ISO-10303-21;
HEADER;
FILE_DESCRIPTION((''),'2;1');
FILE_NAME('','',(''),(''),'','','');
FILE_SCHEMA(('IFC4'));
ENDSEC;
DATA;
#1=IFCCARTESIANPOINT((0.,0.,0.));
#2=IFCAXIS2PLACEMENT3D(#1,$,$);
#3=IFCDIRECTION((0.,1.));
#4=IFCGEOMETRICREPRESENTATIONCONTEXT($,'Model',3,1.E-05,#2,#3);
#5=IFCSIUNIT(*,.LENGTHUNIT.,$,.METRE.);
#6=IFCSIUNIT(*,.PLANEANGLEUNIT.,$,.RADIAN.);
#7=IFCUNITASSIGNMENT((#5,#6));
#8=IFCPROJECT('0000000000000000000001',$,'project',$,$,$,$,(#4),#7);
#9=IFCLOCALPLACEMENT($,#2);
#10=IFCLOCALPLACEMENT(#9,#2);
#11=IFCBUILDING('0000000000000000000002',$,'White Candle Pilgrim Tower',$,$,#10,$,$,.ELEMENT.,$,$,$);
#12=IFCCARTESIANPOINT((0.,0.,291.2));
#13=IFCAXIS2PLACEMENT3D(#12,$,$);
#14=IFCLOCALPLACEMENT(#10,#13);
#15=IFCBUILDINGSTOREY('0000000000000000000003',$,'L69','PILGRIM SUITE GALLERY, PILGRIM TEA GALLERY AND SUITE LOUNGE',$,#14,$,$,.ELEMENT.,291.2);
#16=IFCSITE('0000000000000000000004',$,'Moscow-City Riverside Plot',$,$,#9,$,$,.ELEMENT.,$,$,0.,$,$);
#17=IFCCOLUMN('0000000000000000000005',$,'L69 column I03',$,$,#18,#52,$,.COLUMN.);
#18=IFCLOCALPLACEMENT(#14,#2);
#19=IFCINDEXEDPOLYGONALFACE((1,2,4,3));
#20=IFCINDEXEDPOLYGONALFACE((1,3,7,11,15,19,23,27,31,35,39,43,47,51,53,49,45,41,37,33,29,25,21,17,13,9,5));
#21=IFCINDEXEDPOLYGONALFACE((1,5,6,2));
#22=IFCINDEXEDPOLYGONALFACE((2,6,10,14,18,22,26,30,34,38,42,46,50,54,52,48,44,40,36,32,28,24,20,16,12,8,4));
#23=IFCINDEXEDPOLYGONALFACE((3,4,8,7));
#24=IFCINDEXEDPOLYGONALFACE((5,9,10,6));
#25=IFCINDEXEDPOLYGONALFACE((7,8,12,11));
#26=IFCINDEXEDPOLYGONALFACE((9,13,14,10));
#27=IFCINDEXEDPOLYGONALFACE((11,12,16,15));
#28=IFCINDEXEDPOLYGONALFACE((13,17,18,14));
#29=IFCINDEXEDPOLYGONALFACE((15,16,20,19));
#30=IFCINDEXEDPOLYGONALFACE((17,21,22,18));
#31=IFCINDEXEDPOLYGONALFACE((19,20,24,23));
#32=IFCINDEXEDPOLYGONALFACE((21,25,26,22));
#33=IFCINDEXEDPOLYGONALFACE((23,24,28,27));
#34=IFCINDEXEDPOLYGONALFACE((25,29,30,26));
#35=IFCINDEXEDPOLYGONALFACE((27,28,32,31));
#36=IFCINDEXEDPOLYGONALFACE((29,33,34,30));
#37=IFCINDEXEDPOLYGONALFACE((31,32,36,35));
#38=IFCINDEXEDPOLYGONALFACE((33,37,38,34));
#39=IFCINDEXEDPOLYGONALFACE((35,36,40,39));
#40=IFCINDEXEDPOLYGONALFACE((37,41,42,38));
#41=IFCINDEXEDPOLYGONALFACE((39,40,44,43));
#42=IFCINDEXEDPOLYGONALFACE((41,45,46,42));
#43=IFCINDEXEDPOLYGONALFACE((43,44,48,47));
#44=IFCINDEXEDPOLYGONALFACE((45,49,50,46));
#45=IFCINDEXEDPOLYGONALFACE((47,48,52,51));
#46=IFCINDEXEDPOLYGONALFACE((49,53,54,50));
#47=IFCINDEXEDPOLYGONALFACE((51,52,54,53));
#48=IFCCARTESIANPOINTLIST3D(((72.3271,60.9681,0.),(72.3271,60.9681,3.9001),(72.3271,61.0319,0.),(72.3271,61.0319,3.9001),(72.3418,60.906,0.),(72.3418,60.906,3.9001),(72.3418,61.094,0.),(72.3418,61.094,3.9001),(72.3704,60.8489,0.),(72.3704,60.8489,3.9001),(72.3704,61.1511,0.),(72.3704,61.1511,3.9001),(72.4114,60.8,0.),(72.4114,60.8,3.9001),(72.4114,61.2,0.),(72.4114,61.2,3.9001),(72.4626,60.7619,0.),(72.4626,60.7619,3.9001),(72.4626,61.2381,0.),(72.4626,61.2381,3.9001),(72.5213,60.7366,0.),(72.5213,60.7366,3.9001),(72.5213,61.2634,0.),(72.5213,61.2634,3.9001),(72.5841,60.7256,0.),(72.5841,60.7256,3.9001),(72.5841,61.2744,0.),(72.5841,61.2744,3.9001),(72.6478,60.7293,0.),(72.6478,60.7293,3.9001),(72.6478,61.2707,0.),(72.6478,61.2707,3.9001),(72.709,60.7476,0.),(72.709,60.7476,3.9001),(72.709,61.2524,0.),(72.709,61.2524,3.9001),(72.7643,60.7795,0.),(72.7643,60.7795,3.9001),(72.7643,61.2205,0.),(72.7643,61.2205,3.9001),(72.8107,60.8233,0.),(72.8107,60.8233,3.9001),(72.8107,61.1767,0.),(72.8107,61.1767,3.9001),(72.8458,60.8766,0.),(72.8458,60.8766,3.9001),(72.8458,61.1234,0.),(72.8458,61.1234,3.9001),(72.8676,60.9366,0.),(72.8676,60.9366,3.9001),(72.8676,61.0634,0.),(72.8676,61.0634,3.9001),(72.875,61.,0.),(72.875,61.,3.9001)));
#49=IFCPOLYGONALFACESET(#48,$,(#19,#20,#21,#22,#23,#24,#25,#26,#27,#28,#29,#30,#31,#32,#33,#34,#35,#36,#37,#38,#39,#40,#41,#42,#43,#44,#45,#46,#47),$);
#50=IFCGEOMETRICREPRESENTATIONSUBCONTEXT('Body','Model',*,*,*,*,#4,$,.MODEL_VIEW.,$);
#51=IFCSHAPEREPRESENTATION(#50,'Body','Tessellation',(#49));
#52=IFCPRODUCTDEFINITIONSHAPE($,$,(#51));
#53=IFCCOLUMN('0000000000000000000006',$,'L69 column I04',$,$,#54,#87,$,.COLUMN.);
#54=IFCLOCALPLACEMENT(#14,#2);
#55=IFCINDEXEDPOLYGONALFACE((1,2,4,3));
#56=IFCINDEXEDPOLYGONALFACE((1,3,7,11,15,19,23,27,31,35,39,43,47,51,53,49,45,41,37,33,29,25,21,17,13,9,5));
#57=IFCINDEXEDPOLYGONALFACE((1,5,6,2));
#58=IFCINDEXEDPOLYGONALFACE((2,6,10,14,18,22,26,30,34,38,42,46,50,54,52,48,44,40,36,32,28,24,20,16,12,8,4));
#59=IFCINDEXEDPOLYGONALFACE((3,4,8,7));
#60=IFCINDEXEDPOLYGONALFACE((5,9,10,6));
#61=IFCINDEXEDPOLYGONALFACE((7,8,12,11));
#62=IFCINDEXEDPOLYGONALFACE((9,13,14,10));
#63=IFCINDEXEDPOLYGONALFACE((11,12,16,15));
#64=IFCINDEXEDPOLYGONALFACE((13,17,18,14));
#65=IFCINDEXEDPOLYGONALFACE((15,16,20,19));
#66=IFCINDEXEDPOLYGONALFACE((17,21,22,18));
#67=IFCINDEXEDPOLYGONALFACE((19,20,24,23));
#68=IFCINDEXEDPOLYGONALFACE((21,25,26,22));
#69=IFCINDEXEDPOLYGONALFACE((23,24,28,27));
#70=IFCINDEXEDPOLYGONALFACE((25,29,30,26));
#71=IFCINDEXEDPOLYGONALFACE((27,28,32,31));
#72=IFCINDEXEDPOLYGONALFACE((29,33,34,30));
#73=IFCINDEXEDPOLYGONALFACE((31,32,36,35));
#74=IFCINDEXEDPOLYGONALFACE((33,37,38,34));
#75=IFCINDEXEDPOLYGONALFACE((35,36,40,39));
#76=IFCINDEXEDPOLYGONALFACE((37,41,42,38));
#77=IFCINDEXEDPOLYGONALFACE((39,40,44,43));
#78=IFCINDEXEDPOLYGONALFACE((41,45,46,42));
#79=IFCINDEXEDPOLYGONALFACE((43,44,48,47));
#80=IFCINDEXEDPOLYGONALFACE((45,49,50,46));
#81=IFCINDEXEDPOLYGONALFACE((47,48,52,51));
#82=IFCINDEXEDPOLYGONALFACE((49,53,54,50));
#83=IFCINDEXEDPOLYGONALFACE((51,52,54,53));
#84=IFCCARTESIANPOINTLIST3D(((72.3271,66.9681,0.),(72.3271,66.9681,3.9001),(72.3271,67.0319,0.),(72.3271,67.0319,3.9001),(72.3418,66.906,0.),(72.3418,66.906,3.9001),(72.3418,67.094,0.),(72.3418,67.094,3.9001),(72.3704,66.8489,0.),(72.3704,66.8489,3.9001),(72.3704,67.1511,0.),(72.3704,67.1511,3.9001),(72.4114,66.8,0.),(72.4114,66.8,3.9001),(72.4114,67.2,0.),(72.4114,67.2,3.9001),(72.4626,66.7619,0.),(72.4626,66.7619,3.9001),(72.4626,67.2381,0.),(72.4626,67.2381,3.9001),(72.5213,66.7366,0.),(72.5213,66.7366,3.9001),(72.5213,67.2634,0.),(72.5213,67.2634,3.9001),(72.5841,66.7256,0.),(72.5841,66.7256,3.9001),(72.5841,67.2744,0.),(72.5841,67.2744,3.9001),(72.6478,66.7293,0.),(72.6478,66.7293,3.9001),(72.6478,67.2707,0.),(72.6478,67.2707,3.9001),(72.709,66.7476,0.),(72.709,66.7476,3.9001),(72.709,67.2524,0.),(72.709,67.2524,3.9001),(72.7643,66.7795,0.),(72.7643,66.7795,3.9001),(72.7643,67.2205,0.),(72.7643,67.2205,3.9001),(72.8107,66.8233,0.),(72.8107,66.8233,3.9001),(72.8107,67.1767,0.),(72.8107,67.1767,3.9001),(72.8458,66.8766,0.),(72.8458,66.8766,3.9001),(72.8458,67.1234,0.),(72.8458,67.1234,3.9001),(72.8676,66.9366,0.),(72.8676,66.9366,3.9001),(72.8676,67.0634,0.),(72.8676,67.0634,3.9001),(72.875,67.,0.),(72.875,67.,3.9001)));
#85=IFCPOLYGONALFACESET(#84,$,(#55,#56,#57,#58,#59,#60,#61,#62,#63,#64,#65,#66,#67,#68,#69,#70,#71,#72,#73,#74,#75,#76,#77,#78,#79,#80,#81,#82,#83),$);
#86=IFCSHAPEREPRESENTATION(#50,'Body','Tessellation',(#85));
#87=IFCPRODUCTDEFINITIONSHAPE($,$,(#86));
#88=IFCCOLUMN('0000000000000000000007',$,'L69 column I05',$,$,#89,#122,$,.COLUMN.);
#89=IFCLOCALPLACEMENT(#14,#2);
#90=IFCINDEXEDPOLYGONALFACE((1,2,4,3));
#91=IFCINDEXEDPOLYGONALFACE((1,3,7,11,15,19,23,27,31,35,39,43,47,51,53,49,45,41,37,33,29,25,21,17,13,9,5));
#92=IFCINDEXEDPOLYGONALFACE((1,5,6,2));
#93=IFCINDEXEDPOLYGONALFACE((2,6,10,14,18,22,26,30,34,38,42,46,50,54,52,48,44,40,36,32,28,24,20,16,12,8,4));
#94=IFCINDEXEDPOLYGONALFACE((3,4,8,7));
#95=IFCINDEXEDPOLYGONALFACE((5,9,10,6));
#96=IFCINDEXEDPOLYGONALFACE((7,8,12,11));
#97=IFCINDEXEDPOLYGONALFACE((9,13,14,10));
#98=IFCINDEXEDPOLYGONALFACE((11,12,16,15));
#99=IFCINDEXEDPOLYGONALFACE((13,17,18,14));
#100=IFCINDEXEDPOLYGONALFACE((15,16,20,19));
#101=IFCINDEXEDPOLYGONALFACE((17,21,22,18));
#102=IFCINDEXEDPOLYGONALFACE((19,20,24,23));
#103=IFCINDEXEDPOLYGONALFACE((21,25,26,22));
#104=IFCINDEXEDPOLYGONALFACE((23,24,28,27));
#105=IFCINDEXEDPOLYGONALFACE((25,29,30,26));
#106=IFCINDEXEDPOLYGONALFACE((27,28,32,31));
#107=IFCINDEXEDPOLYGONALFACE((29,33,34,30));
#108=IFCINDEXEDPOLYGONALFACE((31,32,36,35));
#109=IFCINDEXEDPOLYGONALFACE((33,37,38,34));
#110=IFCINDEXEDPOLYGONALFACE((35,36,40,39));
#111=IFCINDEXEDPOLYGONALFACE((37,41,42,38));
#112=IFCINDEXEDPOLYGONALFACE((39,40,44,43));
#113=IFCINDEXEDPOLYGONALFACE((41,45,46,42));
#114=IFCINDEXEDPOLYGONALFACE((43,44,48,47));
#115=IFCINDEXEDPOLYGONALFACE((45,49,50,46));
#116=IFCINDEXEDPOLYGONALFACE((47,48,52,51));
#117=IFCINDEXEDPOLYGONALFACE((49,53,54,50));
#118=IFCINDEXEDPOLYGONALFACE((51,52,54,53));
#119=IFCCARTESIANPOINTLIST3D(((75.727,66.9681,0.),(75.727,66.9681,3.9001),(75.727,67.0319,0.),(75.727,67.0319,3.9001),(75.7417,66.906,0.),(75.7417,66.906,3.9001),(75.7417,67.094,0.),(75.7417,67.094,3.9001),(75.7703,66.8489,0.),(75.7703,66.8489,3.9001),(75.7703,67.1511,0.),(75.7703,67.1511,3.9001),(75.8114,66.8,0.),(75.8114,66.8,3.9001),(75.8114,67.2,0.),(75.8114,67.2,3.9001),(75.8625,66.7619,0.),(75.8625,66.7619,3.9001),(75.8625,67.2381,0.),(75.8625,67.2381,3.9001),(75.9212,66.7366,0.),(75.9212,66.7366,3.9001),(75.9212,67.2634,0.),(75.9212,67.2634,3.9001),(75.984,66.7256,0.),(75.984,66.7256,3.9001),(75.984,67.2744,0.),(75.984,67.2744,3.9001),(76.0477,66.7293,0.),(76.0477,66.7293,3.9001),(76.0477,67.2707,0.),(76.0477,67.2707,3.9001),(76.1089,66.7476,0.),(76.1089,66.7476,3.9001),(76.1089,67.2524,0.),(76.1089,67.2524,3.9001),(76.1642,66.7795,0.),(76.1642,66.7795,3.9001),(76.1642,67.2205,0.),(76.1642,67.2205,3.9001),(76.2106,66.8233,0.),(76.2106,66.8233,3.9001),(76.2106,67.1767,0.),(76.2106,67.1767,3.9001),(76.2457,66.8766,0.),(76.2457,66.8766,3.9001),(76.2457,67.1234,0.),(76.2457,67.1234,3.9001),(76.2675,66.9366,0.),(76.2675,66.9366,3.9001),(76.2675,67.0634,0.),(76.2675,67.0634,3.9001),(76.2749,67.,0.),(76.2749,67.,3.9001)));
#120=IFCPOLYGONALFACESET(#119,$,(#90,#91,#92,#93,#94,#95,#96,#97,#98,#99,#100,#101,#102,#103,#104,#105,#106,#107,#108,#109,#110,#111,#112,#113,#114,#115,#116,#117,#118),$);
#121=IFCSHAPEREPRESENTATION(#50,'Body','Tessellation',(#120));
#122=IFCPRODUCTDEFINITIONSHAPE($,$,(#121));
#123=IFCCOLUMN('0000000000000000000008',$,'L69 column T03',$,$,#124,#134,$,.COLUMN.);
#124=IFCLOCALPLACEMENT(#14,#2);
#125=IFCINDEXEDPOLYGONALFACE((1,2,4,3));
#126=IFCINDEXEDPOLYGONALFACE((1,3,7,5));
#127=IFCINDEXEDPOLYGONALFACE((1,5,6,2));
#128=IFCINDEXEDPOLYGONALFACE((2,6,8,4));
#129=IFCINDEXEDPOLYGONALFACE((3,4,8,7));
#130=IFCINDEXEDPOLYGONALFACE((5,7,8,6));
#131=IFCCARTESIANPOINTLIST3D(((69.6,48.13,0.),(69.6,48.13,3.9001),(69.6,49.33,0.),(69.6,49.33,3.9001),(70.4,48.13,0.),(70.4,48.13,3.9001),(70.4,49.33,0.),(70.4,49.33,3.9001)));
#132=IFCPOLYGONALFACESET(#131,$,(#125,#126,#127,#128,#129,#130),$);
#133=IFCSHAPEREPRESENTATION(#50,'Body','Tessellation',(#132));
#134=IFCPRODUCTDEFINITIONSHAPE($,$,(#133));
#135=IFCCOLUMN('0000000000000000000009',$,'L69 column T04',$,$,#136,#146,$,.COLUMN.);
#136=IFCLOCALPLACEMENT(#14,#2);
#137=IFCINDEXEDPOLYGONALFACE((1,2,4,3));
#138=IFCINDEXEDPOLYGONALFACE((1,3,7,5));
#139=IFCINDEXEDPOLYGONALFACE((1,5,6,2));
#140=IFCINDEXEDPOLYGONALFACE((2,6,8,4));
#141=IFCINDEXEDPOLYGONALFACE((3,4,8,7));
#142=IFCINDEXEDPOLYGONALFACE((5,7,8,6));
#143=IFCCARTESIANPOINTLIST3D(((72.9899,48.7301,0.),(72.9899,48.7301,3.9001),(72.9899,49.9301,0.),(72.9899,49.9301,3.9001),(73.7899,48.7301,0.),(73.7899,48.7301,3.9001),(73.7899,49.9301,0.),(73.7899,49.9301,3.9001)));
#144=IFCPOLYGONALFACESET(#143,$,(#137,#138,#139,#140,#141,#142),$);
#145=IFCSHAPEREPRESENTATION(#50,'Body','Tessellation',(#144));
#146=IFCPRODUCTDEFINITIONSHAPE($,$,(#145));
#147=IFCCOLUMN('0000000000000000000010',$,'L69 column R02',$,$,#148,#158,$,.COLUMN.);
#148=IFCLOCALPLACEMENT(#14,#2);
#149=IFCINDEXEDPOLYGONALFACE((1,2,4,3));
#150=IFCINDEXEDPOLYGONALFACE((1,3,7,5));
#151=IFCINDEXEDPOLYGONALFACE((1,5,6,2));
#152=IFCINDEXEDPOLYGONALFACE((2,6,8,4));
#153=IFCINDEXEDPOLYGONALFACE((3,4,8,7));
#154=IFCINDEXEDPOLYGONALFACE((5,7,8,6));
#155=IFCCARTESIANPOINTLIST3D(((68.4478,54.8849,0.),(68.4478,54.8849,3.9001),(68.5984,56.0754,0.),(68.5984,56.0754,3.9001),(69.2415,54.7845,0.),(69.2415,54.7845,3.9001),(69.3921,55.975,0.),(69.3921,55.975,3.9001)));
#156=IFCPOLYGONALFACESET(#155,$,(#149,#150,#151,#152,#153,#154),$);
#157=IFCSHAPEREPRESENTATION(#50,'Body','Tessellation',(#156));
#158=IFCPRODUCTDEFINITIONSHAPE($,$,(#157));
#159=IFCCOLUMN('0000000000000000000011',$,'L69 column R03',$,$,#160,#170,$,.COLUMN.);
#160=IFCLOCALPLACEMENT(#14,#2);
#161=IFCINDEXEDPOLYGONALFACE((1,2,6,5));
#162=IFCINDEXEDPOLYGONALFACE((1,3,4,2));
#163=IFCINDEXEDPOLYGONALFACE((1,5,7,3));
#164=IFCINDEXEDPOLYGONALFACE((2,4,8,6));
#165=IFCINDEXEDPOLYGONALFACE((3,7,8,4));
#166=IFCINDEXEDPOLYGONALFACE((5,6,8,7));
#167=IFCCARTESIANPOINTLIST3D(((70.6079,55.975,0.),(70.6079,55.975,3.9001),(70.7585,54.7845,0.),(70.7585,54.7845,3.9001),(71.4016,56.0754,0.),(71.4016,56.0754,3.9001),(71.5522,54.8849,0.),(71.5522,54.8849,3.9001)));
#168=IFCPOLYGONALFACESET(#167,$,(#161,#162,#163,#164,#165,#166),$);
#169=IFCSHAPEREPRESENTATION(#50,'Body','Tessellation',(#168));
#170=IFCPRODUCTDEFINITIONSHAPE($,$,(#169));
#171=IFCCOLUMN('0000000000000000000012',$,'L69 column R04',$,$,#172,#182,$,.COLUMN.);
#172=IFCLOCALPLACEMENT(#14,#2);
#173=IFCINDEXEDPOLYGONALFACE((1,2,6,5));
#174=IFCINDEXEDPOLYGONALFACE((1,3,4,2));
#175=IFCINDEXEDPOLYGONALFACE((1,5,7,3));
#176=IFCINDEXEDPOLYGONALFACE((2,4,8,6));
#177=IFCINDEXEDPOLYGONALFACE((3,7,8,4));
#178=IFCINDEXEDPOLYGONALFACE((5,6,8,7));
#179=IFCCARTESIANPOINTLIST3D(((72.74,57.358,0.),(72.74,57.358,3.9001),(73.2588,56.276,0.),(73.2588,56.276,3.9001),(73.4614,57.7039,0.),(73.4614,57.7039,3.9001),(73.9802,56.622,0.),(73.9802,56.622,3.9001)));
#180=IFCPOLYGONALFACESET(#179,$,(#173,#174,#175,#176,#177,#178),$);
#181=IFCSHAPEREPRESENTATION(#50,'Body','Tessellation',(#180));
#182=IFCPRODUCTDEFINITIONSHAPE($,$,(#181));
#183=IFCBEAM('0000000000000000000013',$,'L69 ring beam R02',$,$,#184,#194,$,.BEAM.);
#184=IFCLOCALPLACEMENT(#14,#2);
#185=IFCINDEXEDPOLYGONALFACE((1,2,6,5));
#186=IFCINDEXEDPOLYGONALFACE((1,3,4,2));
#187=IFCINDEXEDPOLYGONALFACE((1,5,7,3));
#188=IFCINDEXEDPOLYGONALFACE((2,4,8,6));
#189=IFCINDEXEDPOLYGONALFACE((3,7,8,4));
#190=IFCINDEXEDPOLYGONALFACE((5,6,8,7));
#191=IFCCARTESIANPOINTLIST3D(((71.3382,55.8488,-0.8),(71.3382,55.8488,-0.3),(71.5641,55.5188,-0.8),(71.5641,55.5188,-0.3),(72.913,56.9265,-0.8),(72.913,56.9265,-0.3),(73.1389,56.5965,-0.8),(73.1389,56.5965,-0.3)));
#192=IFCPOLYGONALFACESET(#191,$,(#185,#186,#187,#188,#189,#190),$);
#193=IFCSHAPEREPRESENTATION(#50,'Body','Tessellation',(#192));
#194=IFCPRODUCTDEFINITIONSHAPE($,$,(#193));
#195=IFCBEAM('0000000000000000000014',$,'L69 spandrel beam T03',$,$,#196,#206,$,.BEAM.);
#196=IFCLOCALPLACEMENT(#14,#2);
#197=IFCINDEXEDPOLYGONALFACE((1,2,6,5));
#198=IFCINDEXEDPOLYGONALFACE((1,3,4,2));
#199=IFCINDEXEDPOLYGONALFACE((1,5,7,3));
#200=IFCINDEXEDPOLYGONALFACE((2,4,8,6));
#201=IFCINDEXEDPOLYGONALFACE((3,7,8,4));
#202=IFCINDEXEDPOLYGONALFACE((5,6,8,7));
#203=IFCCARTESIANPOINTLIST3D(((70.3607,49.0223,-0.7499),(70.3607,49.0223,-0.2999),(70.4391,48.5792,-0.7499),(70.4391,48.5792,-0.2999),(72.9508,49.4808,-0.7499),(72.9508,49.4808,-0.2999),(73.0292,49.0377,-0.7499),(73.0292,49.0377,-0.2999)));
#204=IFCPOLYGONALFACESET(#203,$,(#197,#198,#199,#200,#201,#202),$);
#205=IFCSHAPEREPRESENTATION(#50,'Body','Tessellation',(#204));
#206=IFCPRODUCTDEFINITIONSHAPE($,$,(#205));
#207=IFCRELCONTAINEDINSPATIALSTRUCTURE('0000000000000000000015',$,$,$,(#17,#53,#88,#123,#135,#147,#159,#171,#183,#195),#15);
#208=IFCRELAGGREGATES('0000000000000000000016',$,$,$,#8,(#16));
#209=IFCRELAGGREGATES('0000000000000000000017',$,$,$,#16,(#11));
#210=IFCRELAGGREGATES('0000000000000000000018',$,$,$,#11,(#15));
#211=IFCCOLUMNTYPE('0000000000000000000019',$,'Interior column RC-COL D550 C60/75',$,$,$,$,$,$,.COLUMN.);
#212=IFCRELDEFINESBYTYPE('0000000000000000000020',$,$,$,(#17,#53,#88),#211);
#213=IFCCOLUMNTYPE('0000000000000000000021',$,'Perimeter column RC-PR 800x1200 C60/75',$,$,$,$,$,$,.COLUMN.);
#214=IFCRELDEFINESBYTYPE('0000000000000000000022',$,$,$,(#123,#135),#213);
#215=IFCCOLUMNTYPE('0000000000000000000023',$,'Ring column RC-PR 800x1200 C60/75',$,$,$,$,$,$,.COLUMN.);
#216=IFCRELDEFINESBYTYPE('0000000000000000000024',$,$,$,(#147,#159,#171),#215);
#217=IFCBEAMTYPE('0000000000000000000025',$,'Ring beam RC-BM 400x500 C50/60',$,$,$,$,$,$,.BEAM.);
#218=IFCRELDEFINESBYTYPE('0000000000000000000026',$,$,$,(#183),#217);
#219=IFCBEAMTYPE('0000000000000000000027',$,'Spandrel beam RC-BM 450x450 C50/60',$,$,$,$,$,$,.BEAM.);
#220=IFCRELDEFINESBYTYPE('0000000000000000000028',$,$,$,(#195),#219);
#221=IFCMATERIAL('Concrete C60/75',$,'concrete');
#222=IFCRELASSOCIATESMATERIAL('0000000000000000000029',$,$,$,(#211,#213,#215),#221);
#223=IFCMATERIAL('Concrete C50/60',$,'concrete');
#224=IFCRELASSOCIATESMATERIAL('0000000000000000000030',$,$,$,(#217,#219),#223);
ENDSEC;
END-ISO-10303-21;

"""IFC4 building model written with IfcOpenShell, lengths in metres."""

from ifc_helpers import new_model, si_unit, direction, frame, origin, origin_2d, place, context, subcontext, project, spatial, rectangle, circle, extrude, material, material_profile, profile_set, type_object, element, save


model = new_model("IFC4")

# Units and contexts
model_context = context("Model", 3, precision=1e-05, world=origin(), true_north=direction((0.0, 1.0)))
body_context = subcontext(model_context, "Body", "Model", "MODEL_VIEW")
ifc_project = project(units=[si_unit("LENGTHUNIT", "METRE"), si_unit("PLANEANGLEUNIT", "RADIAN")], contexts=[model_context])

# Site, building, storey
site_placement = place(None, origin())
site = spatial("IfcSite", under=ifc_project, at=site_placement, Name="Moscow-City Riverside Plot", CompositionType="ELEMENT", RefElevation=0.0)
building_placement = place(site_placement, origin())
building = spatial("IfcBuilding", under=site, at=building_placement, Name="White Candle Pilgrim Tower", CompositionType="ELEMENT")
storey_placement = place(building_placement, frame((0.0, 0.0, 291.2)))
storey = spatial("IfcBuildingStorey", under=building, at=storey_placement, Name="L69", Description="PILGRIM SUITE GALLERY, PILGRIM TEA GALLERY AND SUITE LOUNGE", CompositionType="ELEMENT", Elevation=291.2)

# Columns
ifc_material_1 = material(Name="Concrete C60/75", Category="concrete")
ifc_material_profile_1 = material_profile(ifc_material_1, circle(Radius=0.2749, at=origin_2d()), Name="RC-COL D550")
ifc_profile_set_1 = profile_set([ifc_material_profile_1], Name="Concrete C60/75")
column_type_1 = type_object("IfcColumnType", Name="Interior column RC-COL D550 C60/75", PredefinedType="COLUMN", material=ifc_profile_set_1)
for number, where, z_axis, x_axis, name in (
    (1, (72.6001, 61.0, 0.0), (0.0, 0.0, 1.0), (1.0, 0.0, 0.0), "L69 column I03"),
    (2, (72.6001, 67.0, 0.0), (0.0, 0.0, 1.0), (1.0, 0.0, 0.0), "L69 column I04"),
    (3, (76.0, 67.0, 0.0), (0.0, 0.0, 1.0), (1.0, 0.0, 0.0), "L69 column I05"),
):
    element("IfcColumn", number, at=place(storey_placement, frame(where, z_axis=z_axis, x_axis=x_axis)), inside=storey, type_object=column_type_1, Name=name, PredefinedType="COLUMN", context=body_context, shape_type="SweptSolid", body=[
        extrude(circle(Radius=0.2749, at=origin_2d()), origin(), (0.0, 0.0, 1.0), 3.9001),
    ])
ifc_material_profile_2 = material_profile(ifc_material_1, rectangle(XDim=0.8, YDim=1.2, at=origin_2d()), Name="RC-PR 800x1200")
ifc_profile_set_2 = profile_set([ifc_material_profile_2], Name="Concrete C60/75")
column_type_2 = type_object("IfcColumnType", Name="Perimeter column RC-PR 800x1200 C60/75", PredefinedType="COLUMN", material=ifc_profile_set_2)
for number, where, z_axis, x_axis, name in (
    (4, (70.0, 48.73, 0.0), (0.0, 0.0, 1.0), (-1.0, 0.0, 0.0), "L69 column T03"),
    (5, (73.3899, 49.3301, 0.0), (0.0, 0.0, 1.0), (-1.0, 0.0, 0.0), "L69 column T04"),
):
    element("IfcColumn", number, at=place(storey_placement, frame(where, z_axis=z_axis, x_axis=x_axis)), inside=storey, type_object=column_type_2, Name=name, PredefinedType="COLUMN", context=body_context, shape_type="SweptSolid", body=[
        extrude(rectangle(XDim=0.8, YDim=1.2, at=origin_2d()), origin(), (0.0, 0.0, 1.0), 3.9001),
    ])
ifc_material_profile_3 = material_profile(ifc_material_1, rectangle(XDim=0.8, YDim=1.2, at=origin_2d()), Name="RC-PR 800x1200")
ifc_profile_set_3 = profile_set([ifc_material_profile_3], Name="Concrete C60/75")
column_type_3 = type_object("IfcColumnType", Name="Ring column RC-PR 800x1200 C60/75", PredefinedType="COLUMN", material=ifc_profile_set_3)
for number, where, z_axis, x_axis, name in (
    (6, (68.9199, 55.4299, 0.0), (0.0, 0.0, 1.0), (-0.992093, 0.125506, 0.0), "L69 column R02"),
    (7, (71.0801, 55.4299, 0.0), (0.0, 0.0, 1.0), (-0.992093, -0.125506, 0.0), "L69 column R03"),
    (8, (73.3601, 56.99, 0.0), (0.0, 0.0, 1.0), (-0.901689, -0.432385, 0.0), "L69 column R04"),
):
    element("IfcColumn", number, at=place(storey_placement, frame(where, z_axis=z_axis, x_axis=x_axis)), inside=storey, type_object=column_type_3, Name=name, PredefinedType="COLUMN", context=body_context, shape_type="SweptSolid", body=[
        extrude(rectangle(XDim=0.8, YDim=1.2, at=origin_2d()), origin(), (0.0, 0.0, 1.0), 3.9001),
    ])

# Beams
ifc_material_2 = material(Name="Concrete C50/60", Category="concrete")
ifc_material_profile_4 = material_profile(ifc_material_2, rectangle(XDim=0.3999, YDim=0.5, at=origin_2d()), Name="RC-BM 400x500")
ifc_profile_set_4 = profile_set([ifc_material_profile_4], Name="Concrete C50/60")
beam_type_1 = type_object("IfcBeamType", Name="Ring beam RC-BM 400x500 C50/60", PredefinedType="BEAM", material=ifc_profile_set_4)
beam_1_placement = place(storey_placement, frame((71.4512, 55.6838, -0.55), z_axis=(0.825257, 0.564757, 0.0), x_axis=(-0.564757, 0.825257, 0.0)))
element("IfcBeam", 9, at=beam_1_placement, inside=storey, type_object=beam_type_1, Name="L69 ring beam R02", PredefinedType="BEAM", context=body_context, shape_type="SweptSolid", body=[
    extrude(rectangle(XDim=0.3999, YDim=0.5, at=origin_2d()), origin(), (0.0, 0.0, 1.0), 1.9082),
])
ifc_material_profile_5 = material_profile(ifc_material_2, rectangle(XDim=0.45, YDim=0.45, at=origin_2d()), Name="RC-BM 450x450")
ifc_profile_set_5 = profile_set([ifc_material_profile_5], Name="Concrete C50/60")
beam_type_2 = type_object("IfcBeamType", Name="Spandrel beam RC-BM 450x450 C50/60", PredefinedType="BEAM", material=ifc_profile_set_5)
beam_2_placement = place(storey_placement, frame((70.3999, 48.8008, -0.5249), z_axis=(0.984691, 0.17431, 0.0), x_axis=(-0.17431, 0.984691, 0.0)))
element("IfcBeam", 10, at=beam_2_placement, inside=storey, type_object=beam_type_2, Name="L69 spandrel beam T03", PredefinedType="BEAM", context=body_context, shape_type="SweptSolid", body=[
    extrude(rectangle(XDim=0.45, YDim=0.45, at=origin_2d()), origin(), (0.0, 0.0, 1.0), 2.6304),
])

save(model, "model.ifc")
